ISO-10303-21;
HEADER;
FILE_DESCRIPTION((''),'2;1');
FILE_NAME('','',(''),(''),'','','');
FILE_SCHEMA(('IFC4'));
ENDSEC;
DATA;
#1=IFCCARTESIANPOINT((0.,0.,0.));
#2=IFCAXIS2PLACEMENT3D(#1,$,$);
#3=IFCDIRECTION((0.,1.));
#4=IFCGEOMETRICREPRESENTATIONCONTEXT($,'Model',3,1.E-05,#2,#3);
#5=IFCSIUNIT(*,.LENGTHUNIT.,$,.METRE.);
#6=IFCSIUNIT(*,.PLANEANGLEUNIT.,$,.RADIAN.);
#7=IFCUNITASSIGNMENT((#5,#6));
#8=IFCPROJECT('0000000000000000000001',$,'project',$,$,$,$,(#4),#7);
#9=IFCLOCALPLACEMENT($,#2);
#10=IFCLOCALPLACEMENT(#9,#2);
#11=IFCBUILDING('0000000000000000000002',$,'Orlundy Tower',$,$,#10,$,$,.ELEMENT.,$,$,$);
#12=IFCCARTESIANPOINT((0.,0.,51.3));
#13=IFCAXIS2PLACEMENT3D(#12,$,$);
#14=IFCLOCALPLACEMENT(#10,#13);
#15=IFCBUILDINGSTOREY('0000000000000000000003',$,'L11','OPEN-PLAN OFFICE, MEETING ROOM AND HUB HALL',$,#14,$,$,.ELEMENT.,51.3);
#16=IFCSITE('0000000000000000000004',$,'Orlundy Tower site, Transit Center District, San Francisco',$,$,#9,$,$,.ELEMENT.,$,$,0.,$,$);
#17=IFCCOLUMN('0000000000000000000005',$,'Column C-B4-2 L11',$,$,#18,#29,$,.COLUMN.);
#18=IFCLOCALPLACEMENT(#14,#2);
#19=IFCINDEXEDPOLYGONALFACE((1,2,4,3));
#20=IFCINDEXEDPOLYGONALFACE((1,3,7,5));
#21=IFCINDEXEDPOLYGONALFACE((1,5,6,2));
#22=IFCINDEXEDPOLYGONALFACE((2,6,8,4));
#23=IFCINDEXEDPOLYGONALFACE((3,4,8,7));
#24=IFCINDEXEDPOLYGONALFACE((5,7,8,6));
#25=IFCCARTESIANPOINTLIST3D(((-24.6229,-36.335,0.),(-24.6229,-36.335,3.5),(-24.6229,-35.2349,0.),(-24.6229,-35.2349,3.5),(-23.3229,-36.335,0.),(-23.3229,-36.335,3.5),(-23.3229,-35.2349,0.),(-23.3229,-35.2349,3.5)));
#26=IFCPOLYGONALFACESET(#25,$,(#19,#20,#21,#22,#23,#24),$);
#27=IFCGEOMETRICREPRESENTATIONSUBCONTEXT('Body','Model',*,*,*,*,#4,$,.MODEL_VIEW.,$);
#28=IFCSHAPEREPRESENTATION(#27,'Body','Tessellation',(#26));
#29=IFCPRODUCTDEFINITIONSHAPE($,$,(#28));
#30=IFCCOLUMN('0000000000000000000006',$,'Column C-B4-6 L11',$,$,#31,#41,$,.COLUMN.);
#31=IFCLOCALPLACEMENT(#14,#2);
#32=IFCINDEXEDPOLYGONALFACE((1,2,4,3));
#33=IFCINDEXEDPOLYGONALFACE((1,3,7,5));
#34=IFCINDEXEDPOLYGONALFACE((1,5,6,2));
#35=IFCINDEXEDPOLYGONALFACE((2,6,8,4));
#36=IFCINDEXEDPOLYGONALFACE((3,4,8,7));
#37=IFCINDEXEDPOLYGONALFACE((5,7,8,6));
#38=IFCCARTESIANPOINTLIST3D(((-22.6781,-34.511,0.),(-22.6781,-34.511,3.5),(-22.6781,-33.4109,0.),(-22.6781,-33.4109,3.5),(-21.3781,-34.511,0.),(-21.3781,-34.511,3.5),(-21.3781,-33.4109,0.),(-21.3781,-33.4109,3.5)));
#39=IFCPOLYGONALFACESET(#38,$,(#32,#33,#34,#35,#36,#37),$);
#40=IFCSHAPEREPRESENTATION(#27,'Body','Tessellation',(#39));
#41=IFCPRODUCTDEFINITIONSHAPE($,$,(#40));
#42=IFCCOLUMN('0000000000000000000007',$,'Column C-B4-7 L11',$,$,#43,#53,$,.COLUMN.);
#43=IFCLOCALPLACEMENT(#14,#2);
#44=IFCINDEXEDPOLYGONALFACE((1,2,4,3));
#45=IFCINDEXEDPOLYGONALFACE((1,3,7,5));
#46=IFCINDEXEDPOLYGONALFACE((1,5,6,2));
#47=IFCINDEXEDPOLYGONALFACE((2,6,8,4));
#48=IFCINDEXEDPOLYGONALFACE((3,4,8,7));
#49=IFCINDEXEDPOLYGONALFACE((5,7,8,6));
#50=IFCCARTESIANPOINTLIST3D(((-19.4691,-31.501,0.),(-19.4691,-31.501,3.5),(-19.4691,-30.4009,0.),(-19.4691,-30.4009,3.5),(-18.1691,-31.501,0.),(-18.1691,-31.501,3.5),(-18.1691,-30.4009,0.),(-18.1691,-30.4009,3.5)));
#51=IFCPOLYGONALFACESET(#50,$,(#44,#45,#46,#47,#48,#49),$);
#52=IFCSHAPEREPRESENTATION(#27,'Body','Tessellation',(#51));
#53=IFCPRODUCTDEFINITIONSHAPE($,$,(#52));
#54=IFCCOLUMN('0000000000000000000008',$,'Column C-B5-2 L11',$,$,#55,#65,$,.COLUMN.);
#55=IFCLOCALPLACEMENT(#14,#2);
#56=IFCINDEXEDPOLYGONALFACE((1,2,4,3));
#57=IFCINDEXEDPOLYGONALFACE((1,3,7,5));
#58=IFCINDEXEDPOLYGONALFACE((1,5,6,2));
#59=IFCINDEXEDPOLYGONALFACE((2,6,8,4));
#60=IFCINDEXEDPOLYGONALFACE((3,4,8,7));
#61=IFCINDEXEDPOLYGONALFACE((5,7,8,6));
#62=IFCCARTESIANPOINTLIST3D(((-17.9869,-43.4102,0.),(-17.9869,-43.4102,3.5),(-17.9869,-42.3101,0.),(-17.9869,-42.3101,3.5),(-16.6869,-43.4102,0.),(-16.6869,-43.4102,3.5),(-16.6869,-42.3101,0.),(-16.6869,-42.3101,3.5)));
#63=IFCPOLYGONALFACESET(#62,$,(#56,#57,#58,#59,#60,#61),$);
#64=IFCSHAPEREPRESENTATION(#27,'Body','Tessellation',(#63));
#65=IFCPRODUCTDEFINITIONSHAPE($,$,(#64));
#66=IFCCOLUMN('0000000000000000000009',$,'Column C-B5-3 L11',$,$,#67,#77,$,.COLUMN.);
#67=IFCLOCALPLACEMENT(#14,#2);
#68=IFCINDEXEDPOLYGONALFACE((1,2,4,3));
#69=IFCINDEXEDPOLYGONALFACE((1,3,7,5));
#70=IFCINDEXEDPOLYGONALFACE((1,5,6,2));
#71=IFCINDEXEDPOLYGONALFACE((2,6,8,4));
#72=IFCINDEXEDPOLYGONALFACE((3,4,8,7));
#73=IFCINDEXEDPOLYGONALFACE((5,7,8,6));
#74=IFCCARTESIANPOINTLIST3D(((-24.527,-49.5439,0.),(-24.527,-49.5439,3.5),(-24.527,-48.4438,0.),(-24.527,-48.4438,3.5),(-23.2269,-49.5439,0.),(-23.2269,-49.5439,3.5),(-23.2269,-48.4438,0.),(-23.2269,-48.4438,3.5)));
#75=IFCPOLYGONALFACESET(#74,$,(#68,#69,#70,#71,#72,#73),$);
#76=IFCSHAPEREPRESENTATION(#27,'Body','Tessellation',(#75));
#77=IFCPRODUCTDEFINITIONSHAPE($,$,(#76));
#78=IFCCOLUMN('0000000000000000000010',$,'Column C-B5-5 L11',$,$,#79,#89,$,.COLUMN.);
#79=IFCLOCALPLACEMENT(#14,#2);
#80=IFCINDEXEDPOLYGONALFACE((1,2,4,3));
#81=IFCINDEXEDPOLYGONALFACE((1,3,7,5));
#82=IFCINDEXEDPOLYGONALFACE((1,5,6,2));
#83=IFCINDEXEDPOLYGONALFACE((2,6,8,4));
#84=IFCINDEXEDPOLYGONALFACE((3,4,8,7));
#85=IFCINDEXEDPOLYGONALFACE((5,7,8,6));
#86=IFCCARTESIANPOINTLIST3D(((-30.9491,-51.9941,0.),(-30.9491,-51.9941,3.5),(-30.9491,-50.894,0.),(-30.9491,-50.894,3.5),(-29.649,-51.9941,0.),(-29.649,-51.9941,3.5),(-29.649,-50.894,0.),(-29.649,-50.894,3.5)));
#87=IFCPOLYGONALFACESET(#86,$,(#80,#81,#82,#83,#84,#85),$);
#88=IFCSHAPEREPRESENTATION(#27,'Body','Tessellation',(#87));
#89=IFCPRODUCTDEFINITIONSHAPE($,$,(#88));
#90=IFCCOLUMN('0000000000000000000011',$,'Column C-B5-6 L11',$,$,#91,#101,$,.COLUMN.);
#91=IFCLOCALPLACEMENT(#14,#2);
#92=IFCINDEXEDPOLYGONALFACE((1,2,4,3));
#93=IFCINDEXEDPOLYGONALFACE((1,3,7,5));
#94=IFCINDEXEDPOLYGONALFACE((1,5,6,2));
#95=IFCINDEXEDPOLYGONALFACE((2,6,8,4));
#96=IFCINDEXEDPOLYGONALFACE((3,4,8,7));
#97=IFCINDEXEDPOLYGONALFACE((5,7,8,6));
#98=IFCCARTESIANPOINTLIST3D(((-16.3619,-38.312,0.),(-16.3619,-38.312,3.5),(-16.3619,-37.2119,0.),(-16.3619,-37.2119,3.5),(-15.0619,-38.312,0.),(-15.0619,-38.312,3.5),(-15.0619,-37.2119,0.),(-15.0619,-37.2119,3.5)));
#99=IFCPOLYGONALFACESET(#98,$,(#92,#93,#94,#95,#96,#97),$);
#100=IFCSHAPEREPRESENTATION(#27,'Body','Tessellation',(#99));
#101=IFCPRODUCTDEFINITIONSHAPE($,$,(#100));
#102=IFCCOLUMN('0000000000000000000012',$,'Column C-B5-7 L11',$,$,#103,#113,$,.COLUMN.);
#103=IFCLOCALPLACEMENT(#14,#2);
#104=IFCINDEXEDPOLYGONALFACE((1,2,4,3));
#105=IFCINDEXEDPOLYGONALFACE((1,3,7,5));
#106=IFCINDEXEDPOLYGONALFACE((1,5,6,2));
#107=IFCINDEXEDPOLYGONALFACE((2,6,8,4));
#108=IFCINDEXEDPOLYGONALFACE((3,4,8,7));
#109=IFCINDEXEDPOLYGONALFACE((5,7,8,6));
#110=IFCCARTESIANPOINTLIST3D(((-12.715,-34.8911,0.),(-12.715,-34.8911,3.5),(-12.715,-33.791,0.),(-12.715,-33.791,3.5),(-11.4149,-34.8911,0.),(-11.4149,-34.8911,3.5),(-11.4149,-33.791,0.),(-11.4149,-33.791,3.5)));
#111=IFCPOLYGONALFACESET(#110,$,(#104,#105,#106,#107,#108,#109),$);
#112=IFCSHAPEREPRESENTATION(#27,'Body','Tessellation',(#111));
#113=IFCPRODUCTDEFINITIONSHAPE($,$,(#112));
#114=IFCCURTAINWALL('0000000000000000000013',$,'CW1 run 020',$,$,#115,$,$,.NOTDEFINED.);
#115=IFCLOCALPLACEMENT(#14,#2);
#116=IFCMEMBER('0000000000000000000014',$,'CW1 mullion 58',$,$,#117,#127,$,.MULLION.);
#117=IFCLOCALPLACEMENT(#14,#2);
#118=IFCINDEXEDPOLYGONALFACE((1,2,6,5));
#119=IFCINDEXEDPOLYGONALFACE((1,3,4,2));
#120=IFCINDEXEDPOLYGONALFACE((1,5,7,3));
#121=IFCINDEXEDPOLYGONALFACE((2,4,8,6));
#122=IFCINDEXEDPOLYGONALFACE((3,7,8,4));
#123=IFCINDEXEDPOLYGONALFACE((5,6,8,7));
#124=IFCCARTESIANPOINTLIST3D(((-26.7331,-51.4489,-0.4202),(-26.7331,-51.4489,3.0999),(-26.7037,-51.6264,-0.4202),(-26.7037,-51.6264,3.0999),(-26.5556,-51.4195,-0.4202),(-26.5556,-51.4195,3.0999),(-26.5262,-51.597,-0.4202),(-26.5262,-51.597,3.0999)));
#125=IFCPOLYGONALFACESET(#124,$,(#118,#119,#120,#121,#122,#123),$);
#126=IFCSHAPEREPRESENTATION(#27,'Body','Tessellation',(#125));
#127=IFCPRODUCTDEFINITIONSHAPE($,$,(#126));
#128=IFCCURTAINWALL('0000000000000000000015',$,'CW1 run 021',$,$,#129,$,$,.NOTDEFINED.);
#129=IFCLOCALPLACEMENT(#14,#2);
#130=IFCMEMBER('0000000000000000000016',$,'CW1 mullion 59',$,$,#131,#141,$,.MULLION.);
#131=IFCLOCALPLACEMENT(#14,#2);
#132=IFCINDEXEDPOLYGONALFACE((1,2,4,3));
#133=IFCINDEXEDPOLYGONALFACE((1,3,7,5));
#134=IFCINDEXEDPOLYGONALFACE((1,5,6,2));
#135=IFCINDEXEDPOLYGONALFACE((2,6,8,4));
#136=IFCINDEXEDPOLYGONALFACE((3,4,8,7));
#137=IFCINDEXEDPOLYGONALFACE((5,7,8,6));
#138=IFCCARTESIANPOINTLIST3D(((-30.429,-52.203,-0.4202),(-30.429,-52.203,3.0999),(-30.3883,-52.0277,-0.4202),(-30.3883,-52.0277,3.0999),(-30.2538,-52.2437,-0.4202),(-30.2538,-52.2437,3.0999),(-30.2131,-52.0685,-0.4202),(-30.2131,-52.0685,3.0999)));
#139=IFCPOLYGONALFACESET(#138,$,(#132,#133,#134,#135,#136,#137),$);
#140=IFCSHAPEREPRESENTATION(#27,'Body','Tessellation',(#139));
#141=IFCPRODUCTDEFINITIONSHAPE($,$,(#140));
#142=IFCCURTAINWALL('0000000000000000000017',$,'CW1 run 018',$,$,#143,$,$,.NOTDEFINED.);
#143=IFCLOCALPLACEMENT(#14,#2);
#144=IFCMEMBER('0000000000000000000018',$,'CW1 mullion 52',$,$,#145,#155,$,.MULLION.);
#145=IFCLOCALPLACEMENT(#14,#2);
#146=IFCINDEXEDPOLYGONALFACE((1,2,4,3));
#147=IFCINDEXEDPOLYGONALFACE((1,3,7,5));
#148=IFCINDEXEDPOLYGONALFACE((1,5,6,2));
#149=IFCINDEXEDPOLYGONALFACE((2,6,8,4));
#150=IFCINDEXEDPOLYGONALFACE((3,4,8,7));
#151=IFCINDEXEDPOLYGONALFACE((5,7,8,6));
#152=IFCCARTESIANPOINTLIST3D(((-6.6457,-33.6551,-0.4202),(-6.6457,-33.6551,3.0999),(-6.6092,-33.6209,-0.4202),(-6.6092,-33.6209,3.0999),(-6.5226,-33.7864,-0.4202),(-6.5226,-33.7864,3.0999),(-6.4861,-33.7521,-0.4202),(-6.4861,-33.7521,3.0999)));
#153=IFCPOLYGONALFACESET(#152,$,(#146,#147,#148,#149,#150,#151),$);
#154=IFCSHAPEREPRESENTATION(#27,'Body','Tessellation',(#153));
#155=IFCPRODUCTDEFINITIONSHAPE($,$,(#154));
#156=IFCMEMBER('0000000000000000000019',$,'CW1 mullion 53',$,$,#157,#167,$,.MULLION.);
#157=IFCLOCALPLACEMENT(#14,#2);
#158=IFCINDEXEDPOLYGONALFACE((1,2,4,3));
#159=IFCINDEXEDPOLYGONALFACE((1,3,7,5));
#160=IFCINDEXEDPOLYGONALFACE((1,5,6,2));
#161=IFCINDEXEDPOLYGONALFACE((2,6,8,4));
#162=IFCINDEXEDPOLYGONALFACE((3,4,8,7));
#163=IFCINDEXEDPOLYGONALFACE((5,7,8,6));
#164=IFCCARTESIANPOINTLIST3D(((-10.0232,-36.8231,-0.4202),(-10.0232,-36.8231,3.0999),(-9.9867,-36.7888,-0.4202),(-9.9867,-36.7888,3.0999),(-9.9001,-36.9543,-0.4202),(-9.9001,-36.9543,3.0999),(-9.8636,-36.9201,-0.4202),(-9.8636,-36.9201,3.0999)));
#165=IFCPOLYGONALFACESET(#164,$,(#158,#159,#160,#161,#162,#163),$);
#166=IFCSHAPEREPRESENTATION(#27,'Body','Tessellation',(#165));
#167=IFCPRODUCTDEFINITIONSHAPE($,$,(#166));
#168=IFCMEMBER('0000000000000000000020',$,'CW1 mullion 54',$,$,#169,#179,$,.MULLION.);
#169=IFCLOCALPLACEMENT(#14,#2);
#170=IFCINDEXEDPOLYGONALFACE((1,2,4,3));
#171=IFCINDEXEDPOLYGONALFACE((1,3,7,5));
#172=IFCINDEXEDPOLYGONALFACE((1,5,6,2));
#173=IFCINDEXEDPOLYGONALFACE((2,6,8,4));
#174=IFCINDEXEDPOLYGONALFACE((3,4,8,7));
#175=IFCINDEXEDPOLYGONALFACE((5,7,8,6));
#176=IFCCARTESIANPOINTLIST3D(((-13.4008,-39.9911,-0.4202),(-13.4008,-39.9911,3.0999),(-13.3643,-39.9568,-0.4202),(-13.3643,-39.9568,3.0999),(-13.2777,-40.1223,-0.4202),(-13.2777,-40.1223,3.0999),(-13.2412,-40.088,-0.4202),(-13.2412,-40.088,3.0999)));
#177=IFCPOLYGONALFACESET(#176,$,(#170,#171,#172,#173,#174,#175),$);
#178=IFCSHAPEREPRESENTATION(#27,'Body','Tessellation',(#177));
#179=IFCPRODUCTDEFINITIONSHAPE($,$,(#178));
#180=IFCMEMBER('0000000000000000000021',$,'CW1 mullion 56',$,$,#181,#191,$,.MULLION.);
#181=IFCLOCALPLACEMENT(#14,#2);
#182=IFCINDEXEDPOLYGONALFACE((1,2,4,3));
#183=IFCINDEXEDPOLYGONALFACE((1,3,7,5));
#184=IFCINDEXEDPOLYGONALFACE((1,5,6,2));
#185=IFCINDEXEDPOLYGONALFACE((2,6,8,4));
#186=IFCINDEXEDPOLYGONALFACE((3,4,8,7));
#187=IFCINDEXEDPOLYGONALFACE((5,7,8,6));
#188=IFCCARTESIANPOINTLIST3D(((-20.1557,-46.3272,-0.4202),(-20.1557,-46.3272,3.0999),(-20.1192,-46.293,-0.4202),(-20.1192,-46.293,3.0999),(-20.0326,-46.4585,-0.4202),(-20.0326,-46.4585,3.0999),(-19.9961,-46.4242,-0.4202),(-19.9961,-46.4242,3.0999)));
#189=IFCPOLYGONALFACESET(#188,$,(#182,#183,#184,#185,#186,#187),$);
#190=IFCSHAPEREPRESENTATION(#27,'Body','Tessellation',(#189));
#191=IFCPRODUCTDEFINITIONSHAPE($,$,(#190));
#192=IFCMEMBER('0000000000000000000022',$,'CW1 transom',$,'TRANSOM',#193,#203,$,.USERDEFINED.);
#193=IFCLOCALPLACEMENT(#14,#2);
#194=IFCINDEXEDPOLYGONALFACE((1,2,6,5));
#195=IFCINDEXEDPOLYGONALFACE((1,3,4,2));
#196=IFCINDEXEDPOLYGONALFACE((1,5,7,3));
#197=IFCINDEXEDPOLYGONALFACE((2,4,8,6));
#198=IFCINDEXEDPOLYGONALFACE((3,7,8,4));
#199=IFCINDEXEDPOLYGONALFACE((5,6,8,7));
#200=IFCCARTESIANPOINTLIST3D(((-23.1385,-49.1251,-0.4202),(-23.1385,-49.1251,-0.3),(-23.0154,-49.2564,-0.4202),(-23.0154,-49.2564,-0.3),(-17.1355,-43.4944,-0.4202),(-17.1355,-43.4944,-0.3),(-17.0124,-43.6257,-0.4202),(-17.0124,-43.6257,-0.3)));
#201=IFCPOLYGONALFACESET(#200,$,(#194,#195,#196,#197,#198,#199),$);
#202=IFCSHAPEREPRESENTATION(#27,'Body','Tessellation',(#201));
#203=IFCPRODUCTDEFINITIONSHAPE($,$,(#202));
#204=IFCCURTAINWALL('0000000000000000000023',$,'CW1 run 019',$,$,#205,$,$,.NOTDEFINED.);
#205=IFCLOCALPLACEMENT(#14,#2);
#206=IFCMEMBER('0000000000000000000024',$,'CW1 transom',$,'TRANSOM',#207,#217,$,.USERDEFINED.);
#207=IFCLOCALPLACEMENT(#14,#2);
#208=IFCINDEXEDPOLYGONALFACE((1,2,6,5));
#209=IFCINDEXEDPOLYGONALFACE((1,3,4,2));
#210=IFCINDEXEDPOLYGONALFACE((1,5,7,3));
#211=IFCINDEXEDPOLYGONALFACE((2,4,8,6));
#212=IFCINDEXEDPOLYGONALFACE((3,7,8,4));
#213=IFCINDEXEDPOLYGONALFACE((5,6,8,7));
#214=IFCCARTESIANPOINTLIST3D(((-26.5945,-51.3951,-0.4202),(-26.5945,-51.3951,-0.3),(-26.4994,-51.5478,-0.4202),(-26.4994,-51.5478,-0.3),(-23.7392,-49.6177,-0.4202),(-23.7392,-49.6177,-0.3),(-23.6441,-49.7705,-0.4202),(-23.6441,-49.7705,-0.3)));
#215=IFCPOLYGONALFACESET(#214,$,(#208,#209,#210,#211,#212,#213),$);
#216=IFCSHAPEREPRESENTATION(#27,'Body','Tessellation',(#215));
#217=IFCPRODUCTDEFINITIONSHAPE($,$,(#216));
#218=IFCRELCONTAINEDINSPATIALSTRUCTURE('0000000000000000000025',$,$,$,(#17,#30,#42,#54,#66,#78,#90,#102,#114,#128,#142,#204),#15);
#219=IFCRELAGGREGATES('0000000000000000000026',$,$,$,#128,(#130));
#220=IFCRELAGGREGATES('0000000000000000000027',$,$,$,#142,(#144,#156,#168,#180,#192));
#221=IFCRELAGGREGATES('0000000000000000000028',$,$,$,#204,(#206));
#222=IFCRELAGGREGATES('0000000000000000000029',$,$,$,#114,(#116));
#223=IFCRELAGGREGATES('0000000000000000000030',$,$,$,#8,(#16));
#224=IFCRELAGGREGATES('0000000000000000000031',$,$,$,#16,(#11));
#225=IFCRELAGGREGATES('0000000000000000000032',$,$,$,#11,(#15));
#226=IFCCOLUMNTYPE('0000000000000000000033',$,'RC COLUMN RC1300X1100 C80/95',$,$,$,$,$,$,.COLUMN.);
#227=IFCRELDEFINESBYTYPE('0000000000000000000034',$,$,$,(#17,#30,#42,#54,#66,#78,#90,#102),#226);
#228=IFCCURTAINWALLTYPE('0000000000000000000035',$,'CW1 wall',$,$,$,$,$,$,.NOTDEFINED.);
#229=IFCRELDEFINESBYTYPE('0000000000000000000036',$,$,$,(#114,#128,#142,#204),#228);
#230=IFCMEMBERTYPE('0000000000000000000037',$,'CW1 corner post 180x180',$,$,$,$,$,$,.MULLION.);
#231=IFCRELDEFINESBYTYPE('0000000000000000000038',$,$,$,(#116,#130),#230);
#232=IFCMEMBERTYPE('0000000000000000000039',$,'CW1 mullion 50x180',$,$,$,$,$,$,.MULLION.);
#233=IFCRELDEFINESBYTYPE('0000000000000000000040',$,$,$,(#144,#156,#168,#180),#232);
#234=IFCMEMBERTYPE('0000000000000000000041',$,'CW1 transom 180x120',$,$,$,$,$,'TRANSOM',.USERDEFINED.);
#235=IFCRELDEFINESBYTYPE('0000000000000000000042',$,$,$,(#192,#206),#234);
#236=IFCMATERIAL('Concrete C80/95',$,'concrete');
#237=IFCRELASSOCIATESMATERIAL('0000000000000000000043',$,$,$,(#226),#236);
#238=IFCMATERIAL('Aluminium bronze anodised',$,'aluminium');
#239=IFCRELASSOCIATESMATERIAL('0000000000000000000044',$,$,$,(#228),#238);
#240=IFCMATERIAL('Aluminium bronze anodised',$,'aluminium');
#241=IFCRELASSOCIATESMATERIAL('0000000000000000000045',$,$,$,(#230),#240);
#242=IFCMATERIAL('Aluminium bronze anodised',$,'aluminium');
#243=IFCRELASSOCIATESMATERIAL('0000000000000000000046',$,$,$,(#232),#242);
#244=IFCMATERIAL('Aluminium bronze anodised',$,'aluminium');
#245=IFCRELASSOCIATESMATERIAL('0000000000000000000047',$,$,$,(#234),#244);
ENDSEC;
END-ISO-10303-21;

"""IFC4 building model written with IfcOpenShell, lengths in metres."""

from ifc_helpers import new_model, si_unit, direction, frame, origin, origin_2d, place, context, subcontext, project, spatial, rectangle, extrude, material, material_profile, profile_set, type_object, element, aggregate, save


model = new_model("IFC4")

# Units and contexts
model_context = context("Model", 3, precision=1e-05, world=origin(), true_north=direction((0.0, 1.0)))
body_context = subcontext(model_context, "Body", "Model", "MODEL_VIEW")
ifc_project = project(units=[si_unit("LENGTHUNIT", "METRE"), si_unit("PLANEANGLEUNIT", "RADIAN")], contexts=[model_context])

# Site, building, storey
site_placement = place(None, origin())
site = spatial("IfcSite", under=ifc_project, at=site_placement, Name="Orlundy Tower site, Transit Center District, San Francisco", CompositionType="ELEMENT", RefElevation=0.0)
building_placement = place(site_placement, origin())
building = spatial("IfcBuilding", under=site, at=building_placement, Name="Orlundy Tower", CompositionType="ELEMENT")
storey_placement = place(building_placement, frame((0.0, 0.0, 51.3)))
storey = spatial("IfcBuildingStorey", under=building, at=storey_placement, Name="L11", Description="OPEN-PLAN OFFICE, MEETING ROOM AND HUB HALL", CompositionType="ELEMENT", Elevation=51.3)

# Columns
ifc_material_1 = material(Name="Concrete C80/95", Category="concrete")
ifc_material_profile_1 = material_profile(ifc_material_1, rectangle(XDim=1.3, YDim=1.1001, at=origin_2d()), Name="RC1300X1100")
ifc_profile_set_1 = profile_set([ifc_material_profile_1], Name="Concrete C80/95")
column_type = type_object("IfcColumnType", Name="RC COLUMN RC1300X1100 C80/95", PredefinedType="COLUMN", material=ifc_profile_set_1)
for number, where, z_axis, x_axis, name in (
    (1, (-23.9729, -35.7849, 0.0), (0.0, 0.0, 1.0), (1.0, 0.0, 0.0), "Column C-B4-2 L11"),
    (2, (-22.0281, -33.9609, 0.0), (0.0, 0.0, 1.0), (1.0, 0.0, 0.0), "Column C-B4-6 L11"),
    (3, (-18.8191, -30.9509, 0.0), (0.0, 0.0, 1.0), (1.0, 0.0, 0.0), "Column C-B4-7 L11"),
    (4, (-17.3369, -42.8601, 0.0), (0.0, 0.0, 1.0), (1.0, 0.0, 0.0), "Column C-B5-2 L11"),
    (5, (-23.877, -48.9939, 0.0), (0.0, 0.0, 1.0), (1.0, 0.0, 0.0), "Column C-B5-3 L11"),
    (6, (-30.2991, -51.4441, 0.0), (0.0, 0.0, 1.0), (1.0, 0.0, 0.0), "Column C-B5-5 L11"),
    (7, (-15.7119, -37.762, 0.0), (0.0, 0.0, 1.0), (1.0, 0.0, 0.0), "Column C-B5-6 L11"),
    (8, (-12.0649, -34.3411, 0.0), (0.0, 0.0, 1.0), (1.0, 0.0, 0.0), "Column C-B5-7 L11"),
):
    element("IfcColumn", number, at=place(storey_placement, frame(where, z_axis=z_axis, x_axis=x_axis)), inside=storey, type_object=column_type, Name=name, PredefinedType="COLUMN", context=body_context, shape_type="SweptSolid", body=[
        extrude(rectangle(XDim=1.3, YDim=1.1001, at=origin_2d()), origin(), (0.0, 0.0, 1.0), 3.5),
    ])

# Curtain walls, members
ifc_material_2 = material(Name="Aluminium bronze anodised", Category="aluminium")
curtain_wall_type = type_object("IfcCurtainWallType", Name="CW1 wall", PredefinedType="NOTDEFINED", material=ifc_material_2)
curtain_wall_1_placement = place(storey_placement, origin())
curtain_wall_1 = element("IfcCurtainWall", 9, at=curtain_wall_1_placement, inside=storey, type_object=curtain_wall_type, Name="CW1 run 020", PredefinedType="NOTDEFINED")
ifc_material_3 = material(Name="Aluminium bronze anodised", Category="aluminium")
ifc_material_profile_2 = material_profile(ifc_material_3, rectangle(XDim=0.1799, YDim=0.1799, at=origin_2d()), Name="CW1 corner post 180x180")
ifc_profile_set_2 = profile_set([ifc_material_profile_2], Name="Aluminium bronze anodised")
member_type_1 = type_object("IfcMemberType", Name="CW1 corner post 180x180", PredefinedType="MULLION", material=ifc_profile_set_2)
member_1_placement = place(storey_placement, frame((-26.6296, -51.5229, -0.4202), z_axis=(0.0, 0.0, 1.0), x_axis=(0.163786, -0.986496, 0.0)))
member_1 = element("IfcMember", 10, at=member_1_placement, type_object=member_type_1, Name="CW1 mullion 58", PredefinedType="MULLION", context=body_context, shape_type="SweptSolid", body=[
    extrude(rectangle(XDim=0.1799, YDim=0.1799, at=origin_2d()), origin(), (0.0, 0.0, 1.0), 3.52),
])
curtain_wall_2_placement = place(storey_placement, origin())
curtain_wall_2 = element("IfcCurtainWall", 11, at=curtain_wall_2_placement, inside=storey, type_object=curtain_wall_type, Name="CW1 run 021", PredefinedType="NOTDEFINED")
member_2_placement = place(storey_placement, frame((-30.321, -52.1357, -0.4202), z_axis=(0.0, 0.0, 1.0), x_axis=(-0.226317, -0.974054, 0.0)))
member_2 = element("IfcMember", 12, at=member_2_placement, type_object=member_type_1, Name="CW1 mullion 59", PredefinedType="MULLION", context=body_context, shape_type="SweptSolid", body=[
    extrude(rectangle(XDim=0.1799, YDim=0.1799, at=origin_2d()), origin(), (0.0, 0.0, 1.0), 3.52),
])
aggregate(curtain_wall_2, [member_2])

# Curtain wall, members
curtain_wall_3_placement = place(storey_placement, origin())
curtain_wall_3 = element("IfcCurtainWall", 13, at=curtain_wall_3_placement, inside=storey, type_object=curtain_wall_type, Name="CW1 run 018", PredefinedType="NOTDEFINED")
ifc_material_4 = material(Name="Aluminium bronze anodised", Category="aluminium")
ifc_material_profile_3 = material_profile(ifc_material_4, rectangle(XDim=0.1799, YDim=0.05, at=origin_2d()), Name="CW1 mullion 50x180")
ifc_profile_set_3 = profile_set([ifc_material_profile_3], Name="Aluminium bronze anodised")
member_type_2 = type_object("IfcMemberType", Name="CW1 mullion 50x180", PredefinedType="MULLION", material=ifc_profile_set_3)
member_3_placement = place(storey_placement, frame((-6.5659, -33.7036, -0.4202), z_axis=(0.0, 0.0, 1.0), x_axis=(0.684124, -0.729365, 0.0)))
member_3 = element("IfcMember", 14, at=member_3_placement, type_object=member_type_2, Name="CW1 mullion 52", PredefinedType="MULLION", context=body_context, shape_type="SweptSolid", body=[
    extrude(rectangle(XDim=0.1799, YDim=0.05, at=origin_2d()), origin(), (0.0, 0.0, 1.0), 3.52),
])
member_4_placement = place(storey_placement, frame((-9.9434, -36.8716, -0.4202), z_axis=(0.0, 0.0, 1.0), x_axis=(0.684124, -0.729365, 0.0)))
member_4 = element("IfcMember", 15, at=member_4_placement, type_object=member_type_2, Name="CW1 mullion 53", PredefinedType="MULLION", context=body_context, shape_type="SweptSolid", body=[
    extrude(rectangle(XDim=0.1799, YDim=0.05, at=origin_2d()), origin(), (0.0, 0.0, 1.0), 3.52),
])
member_5_placement = place(storey_placement, frame((-13.321, -40.0396, -0.4202), z_axis=(0.0, 0.0, 1.0), x_axis=(0.684124, -0.729365, 0.0)))
member_5 = element("IfcMember", 16, at=member_5_placement, type_object=member_type_2, Name="CW1 mullion 54", PredefinedType="MULLION", context=body_context, shape_type="SweptSolid", body=[
    extrude(rectangle(XDim=0.1799, YDim=0.05, at=origin_2d()), origin(), (0.0, 0.0, 1.0), 3.52),
])
member_6_placement = place(storey_placement, frame((-20.0759, -46.3757, -0.4202), z_axis=(0.0, 0.0, 1.0), x_axis=(0.684124, -0.729365, 0.0)))
member_6 = element("IfcMember", 17, at=member_6_placement, type_object=member_type_2, Name="CW1 mullion 56", PredefinedType="MULLION", context=body_context, shape_type="SweptSolid", body=[
    extrude(rectangle(XDim=0.1799, YDim=0.05, at=origin_2d()), origin(), (0.0, 0.0, 1.0), 3.52),
])
ifc_material_5 = material(Name="Aluminium bronze anodised", Category="aluminium")
ifc_material_profile_4 = material_profile(ifc_material_5, rectangle(XDim=0.1799, YDim=0.1201, at=origin_2d()), Name="CW1 transom 180x120")
ifc_profile_set_4 = profile_set([ifc_material_profile_4], Name="Aluminium bronze anodised")
member_type_3 = type_object("IfcMemberType", Name="CW1 transom 180x120", ElementType="TRANSOM", PredefinedType="USERDEFINED", material=ifc_profile_set_4)
member_7_placement = place(storey_placement, frame((-17.074, -43.5601, -0.3601), z_axis=(-0.729363, -0.684127, 0.0), x_axis=(0.684127, -0.729363, 0.0)))
member_7 = element("IfcMember", 18, at=member_7_placement, type_object=member_type_3, Name="CW1 transom", ObjectType="TRANSOM", PredefinedType="USERDEFINED", context=body_context, shape_type="SweptSolid", body=[
    extrude(rectangle(XDim=0.1799, YDim=0.1201, at=origin_2d()), origin(), (0.0, 0.0, 1.0), 8.2305),
])

# Curtain wall, member
curtain_wall_4_placement = place(storey_placement, origin())
curtain_wall_4 = element("IfcCurtainWall", 19, at=curtain_wall_4_placement, inside=storey, type_object=curtain_wall_type, Name="CW1 run 019", PredefinedType="NOTDEFINED")
member_8_placement = place(storey_placement, frame((-23.6917, -49.6941, -0.3601), z_axis=(-0.848955, -0.528465, 0.0), x_axis=(0.528465, -0.848955, 0.0)))
member_8 = element("IfcMember", 20, at=member_8_placement, type_object=member_type_3, Name="CW1 transom", ObjectType="TRANSOM", PredefinedType="USERDEFINED", context=body_context, shape_type="SweptSolid", body=[
    extrude(rectangle(XDim=0.1799, YDim=0.1201, at=origin_2d()), origin(), (0.0, 0.0, 1.0), 3.3633),
])

aggregate(curtain_wall_3, [member_3, member_4, member_5, member_6, member_7])
aggregate(curtain_wall_4, [member_8])
aggregate(curtain_wall_1, [member_1])

save(model, "model.ifc")
